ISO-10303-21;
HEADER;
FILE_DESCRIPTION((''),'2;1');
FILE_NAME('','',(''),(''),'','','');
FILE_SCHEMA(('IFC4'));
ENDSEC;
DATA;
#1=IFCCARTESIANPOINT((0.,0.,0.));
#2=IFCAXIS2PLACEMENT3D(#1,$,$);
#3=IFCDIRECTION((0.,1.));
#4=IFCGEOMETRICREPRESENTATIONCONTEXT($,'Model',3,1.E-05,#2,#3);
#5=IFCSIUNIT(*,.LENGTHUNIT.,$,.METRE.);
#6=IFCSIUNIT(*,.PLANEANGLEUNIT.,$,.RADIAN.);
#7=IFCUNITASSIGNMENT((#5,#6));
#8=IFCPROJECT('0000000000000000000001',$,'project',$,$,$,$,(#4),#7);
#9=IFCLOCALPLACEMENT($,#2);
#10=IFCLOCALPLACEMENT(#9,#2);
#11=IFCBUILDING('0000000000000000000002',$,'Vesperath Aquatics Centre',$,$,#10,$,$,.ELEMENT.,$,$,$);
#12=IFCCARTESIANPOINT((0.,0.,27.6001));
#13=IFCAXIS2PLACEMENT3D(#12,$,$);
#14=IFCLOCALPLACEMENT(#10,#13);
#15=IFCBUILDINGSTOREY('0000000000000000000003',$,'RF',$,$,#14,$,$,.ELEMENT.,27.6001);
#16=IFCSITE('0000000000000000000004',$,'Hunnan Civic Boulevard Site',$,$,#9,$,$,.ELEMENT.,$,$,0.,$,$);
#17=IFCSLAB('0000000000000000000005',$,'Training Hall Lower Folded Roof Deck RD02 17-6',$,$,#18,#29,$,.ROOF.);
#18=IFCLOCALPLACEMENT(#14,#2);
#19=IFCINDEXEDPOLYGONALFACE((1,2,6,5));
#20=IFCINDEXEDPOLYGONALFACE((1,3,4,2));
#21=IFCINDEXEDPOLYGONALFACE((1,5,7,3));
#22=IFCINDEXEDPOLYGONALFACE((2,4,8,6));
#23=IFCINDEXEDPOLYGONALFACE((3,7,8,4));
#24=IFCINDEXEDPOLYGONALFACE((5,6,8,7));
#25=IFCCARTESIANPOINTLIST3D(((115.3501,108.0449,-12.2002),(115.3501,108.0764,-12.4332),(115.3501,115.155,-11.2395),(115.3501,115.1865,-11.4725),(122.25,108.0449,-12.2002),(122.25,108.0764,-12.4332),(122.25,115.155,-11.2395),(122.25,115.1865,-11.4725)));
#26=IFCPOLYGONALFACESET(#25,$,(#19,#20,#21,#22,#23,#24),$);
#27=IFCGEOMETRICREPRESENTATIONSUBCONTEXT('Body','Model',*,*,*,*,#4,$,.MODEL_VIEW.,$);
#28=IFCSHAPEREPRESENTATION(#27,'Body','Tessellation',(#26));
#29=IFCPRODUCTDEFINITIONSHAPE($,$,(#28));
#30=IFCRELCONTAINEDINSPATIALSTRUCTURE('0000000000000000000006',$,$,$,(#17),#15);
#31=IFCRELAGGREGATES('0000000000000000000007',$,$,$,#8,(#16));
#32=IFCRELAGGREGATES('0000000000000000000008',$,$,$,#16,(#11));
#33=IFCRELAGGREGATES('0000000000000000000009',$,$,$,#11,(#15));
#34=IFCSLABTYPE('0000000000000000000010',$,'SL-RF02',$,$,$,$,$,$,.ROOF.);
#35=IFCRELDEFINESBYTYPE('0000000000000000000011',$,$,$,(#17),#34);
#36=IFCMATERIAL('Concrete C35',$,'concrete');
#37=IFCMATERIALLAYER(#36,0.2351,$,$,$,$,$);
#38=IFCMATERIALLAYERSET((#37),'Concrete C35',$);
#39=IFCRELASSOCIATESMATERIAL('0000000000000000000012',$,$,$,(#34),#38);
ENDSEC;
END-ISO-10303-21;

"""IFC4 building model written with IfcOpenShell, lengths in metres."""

from ifc_helpers import new_model, si_unit, direction, frame, origin, place, context, subcontext, project, spatial, polyline, outline, extrude, material, layer, layer_set, type_object, element, save


model = new_model("IFC4")

# Units and contexts
model_context = context("Model", 3, precision=1e-05, world=origin(), true_north=direction((0.0, 1.0)))
body_context = subcontext(model_context, "Body", "Model", "MODEL_VIEW")
ifc_project = project(units=[si_unit("LENGTHUNIT", "METRE"), si_unit("PLANEANGLEUNIT", "RADIAN")], contexts=[model_context])

# Site, building, storey
site_placement = place(None, origin())
site = spatial("IfcSite", under=ifc_project, at=site_placement, Name="Hunnan Civic Boulevard Site", CompositionType="ELEMENT", RefElevation=0.0)
building_placement = place(site_placement, origin())
building = spatial("IfcBuilding", under=site, at=building_placement, Name="Vesperath Aquatics Centre", CompositionType="ELEMENT")
storey_placement = place(building_placement, frame((0.0, 0.0, 27.6001)))
storey = spatial("IfcBuildingStorey", under=building, at=storey_placement, Name="RF", CompositionType="ELEMENT", Elevation=27.6001)

# Slab
ifc_material_1 = material(Name="Concrete C35", Category="concrete")
ifc_layer_1 = layer(ifc_material_1, 0.2351)
ifc_layer_set_1 = layer_set([ifc_layer_1], Name="Concrete C35")
slab_type = type_object("IfcSlabType", Name="SL-RF02", PredefinedType="ROOF", material=ifc_layer_set_1)
for number, where, z_axis, x_axis, name in (
    (1, (115.3501, 108.0449, -12.2002), (0.0, -0.1339, 0.990995), (1.0, 0.0, 0.0), "Training Hall Lower Folded Roof Deck RD02 17-6"),
):
    element("IfcSlab", number, at=place(storey_placement, frame(where, z_axis=z_axis, x_axis=x_axis)), inside=storey, type_object=slab_type, Name=name, PredefinedType="ROOF", context=body_context, shape_type="SweptSolid", body=[
        extrude(outline(polyline([(0.0, 0.0), (6.8999, 0.0), (6.8999, 7.1747), (0.0, 7.1747), (0.0, 0.0)])), origin(), (0.0, 0.0, -1.0), 0.2351),
    ])

save(model, "model.ifc")
